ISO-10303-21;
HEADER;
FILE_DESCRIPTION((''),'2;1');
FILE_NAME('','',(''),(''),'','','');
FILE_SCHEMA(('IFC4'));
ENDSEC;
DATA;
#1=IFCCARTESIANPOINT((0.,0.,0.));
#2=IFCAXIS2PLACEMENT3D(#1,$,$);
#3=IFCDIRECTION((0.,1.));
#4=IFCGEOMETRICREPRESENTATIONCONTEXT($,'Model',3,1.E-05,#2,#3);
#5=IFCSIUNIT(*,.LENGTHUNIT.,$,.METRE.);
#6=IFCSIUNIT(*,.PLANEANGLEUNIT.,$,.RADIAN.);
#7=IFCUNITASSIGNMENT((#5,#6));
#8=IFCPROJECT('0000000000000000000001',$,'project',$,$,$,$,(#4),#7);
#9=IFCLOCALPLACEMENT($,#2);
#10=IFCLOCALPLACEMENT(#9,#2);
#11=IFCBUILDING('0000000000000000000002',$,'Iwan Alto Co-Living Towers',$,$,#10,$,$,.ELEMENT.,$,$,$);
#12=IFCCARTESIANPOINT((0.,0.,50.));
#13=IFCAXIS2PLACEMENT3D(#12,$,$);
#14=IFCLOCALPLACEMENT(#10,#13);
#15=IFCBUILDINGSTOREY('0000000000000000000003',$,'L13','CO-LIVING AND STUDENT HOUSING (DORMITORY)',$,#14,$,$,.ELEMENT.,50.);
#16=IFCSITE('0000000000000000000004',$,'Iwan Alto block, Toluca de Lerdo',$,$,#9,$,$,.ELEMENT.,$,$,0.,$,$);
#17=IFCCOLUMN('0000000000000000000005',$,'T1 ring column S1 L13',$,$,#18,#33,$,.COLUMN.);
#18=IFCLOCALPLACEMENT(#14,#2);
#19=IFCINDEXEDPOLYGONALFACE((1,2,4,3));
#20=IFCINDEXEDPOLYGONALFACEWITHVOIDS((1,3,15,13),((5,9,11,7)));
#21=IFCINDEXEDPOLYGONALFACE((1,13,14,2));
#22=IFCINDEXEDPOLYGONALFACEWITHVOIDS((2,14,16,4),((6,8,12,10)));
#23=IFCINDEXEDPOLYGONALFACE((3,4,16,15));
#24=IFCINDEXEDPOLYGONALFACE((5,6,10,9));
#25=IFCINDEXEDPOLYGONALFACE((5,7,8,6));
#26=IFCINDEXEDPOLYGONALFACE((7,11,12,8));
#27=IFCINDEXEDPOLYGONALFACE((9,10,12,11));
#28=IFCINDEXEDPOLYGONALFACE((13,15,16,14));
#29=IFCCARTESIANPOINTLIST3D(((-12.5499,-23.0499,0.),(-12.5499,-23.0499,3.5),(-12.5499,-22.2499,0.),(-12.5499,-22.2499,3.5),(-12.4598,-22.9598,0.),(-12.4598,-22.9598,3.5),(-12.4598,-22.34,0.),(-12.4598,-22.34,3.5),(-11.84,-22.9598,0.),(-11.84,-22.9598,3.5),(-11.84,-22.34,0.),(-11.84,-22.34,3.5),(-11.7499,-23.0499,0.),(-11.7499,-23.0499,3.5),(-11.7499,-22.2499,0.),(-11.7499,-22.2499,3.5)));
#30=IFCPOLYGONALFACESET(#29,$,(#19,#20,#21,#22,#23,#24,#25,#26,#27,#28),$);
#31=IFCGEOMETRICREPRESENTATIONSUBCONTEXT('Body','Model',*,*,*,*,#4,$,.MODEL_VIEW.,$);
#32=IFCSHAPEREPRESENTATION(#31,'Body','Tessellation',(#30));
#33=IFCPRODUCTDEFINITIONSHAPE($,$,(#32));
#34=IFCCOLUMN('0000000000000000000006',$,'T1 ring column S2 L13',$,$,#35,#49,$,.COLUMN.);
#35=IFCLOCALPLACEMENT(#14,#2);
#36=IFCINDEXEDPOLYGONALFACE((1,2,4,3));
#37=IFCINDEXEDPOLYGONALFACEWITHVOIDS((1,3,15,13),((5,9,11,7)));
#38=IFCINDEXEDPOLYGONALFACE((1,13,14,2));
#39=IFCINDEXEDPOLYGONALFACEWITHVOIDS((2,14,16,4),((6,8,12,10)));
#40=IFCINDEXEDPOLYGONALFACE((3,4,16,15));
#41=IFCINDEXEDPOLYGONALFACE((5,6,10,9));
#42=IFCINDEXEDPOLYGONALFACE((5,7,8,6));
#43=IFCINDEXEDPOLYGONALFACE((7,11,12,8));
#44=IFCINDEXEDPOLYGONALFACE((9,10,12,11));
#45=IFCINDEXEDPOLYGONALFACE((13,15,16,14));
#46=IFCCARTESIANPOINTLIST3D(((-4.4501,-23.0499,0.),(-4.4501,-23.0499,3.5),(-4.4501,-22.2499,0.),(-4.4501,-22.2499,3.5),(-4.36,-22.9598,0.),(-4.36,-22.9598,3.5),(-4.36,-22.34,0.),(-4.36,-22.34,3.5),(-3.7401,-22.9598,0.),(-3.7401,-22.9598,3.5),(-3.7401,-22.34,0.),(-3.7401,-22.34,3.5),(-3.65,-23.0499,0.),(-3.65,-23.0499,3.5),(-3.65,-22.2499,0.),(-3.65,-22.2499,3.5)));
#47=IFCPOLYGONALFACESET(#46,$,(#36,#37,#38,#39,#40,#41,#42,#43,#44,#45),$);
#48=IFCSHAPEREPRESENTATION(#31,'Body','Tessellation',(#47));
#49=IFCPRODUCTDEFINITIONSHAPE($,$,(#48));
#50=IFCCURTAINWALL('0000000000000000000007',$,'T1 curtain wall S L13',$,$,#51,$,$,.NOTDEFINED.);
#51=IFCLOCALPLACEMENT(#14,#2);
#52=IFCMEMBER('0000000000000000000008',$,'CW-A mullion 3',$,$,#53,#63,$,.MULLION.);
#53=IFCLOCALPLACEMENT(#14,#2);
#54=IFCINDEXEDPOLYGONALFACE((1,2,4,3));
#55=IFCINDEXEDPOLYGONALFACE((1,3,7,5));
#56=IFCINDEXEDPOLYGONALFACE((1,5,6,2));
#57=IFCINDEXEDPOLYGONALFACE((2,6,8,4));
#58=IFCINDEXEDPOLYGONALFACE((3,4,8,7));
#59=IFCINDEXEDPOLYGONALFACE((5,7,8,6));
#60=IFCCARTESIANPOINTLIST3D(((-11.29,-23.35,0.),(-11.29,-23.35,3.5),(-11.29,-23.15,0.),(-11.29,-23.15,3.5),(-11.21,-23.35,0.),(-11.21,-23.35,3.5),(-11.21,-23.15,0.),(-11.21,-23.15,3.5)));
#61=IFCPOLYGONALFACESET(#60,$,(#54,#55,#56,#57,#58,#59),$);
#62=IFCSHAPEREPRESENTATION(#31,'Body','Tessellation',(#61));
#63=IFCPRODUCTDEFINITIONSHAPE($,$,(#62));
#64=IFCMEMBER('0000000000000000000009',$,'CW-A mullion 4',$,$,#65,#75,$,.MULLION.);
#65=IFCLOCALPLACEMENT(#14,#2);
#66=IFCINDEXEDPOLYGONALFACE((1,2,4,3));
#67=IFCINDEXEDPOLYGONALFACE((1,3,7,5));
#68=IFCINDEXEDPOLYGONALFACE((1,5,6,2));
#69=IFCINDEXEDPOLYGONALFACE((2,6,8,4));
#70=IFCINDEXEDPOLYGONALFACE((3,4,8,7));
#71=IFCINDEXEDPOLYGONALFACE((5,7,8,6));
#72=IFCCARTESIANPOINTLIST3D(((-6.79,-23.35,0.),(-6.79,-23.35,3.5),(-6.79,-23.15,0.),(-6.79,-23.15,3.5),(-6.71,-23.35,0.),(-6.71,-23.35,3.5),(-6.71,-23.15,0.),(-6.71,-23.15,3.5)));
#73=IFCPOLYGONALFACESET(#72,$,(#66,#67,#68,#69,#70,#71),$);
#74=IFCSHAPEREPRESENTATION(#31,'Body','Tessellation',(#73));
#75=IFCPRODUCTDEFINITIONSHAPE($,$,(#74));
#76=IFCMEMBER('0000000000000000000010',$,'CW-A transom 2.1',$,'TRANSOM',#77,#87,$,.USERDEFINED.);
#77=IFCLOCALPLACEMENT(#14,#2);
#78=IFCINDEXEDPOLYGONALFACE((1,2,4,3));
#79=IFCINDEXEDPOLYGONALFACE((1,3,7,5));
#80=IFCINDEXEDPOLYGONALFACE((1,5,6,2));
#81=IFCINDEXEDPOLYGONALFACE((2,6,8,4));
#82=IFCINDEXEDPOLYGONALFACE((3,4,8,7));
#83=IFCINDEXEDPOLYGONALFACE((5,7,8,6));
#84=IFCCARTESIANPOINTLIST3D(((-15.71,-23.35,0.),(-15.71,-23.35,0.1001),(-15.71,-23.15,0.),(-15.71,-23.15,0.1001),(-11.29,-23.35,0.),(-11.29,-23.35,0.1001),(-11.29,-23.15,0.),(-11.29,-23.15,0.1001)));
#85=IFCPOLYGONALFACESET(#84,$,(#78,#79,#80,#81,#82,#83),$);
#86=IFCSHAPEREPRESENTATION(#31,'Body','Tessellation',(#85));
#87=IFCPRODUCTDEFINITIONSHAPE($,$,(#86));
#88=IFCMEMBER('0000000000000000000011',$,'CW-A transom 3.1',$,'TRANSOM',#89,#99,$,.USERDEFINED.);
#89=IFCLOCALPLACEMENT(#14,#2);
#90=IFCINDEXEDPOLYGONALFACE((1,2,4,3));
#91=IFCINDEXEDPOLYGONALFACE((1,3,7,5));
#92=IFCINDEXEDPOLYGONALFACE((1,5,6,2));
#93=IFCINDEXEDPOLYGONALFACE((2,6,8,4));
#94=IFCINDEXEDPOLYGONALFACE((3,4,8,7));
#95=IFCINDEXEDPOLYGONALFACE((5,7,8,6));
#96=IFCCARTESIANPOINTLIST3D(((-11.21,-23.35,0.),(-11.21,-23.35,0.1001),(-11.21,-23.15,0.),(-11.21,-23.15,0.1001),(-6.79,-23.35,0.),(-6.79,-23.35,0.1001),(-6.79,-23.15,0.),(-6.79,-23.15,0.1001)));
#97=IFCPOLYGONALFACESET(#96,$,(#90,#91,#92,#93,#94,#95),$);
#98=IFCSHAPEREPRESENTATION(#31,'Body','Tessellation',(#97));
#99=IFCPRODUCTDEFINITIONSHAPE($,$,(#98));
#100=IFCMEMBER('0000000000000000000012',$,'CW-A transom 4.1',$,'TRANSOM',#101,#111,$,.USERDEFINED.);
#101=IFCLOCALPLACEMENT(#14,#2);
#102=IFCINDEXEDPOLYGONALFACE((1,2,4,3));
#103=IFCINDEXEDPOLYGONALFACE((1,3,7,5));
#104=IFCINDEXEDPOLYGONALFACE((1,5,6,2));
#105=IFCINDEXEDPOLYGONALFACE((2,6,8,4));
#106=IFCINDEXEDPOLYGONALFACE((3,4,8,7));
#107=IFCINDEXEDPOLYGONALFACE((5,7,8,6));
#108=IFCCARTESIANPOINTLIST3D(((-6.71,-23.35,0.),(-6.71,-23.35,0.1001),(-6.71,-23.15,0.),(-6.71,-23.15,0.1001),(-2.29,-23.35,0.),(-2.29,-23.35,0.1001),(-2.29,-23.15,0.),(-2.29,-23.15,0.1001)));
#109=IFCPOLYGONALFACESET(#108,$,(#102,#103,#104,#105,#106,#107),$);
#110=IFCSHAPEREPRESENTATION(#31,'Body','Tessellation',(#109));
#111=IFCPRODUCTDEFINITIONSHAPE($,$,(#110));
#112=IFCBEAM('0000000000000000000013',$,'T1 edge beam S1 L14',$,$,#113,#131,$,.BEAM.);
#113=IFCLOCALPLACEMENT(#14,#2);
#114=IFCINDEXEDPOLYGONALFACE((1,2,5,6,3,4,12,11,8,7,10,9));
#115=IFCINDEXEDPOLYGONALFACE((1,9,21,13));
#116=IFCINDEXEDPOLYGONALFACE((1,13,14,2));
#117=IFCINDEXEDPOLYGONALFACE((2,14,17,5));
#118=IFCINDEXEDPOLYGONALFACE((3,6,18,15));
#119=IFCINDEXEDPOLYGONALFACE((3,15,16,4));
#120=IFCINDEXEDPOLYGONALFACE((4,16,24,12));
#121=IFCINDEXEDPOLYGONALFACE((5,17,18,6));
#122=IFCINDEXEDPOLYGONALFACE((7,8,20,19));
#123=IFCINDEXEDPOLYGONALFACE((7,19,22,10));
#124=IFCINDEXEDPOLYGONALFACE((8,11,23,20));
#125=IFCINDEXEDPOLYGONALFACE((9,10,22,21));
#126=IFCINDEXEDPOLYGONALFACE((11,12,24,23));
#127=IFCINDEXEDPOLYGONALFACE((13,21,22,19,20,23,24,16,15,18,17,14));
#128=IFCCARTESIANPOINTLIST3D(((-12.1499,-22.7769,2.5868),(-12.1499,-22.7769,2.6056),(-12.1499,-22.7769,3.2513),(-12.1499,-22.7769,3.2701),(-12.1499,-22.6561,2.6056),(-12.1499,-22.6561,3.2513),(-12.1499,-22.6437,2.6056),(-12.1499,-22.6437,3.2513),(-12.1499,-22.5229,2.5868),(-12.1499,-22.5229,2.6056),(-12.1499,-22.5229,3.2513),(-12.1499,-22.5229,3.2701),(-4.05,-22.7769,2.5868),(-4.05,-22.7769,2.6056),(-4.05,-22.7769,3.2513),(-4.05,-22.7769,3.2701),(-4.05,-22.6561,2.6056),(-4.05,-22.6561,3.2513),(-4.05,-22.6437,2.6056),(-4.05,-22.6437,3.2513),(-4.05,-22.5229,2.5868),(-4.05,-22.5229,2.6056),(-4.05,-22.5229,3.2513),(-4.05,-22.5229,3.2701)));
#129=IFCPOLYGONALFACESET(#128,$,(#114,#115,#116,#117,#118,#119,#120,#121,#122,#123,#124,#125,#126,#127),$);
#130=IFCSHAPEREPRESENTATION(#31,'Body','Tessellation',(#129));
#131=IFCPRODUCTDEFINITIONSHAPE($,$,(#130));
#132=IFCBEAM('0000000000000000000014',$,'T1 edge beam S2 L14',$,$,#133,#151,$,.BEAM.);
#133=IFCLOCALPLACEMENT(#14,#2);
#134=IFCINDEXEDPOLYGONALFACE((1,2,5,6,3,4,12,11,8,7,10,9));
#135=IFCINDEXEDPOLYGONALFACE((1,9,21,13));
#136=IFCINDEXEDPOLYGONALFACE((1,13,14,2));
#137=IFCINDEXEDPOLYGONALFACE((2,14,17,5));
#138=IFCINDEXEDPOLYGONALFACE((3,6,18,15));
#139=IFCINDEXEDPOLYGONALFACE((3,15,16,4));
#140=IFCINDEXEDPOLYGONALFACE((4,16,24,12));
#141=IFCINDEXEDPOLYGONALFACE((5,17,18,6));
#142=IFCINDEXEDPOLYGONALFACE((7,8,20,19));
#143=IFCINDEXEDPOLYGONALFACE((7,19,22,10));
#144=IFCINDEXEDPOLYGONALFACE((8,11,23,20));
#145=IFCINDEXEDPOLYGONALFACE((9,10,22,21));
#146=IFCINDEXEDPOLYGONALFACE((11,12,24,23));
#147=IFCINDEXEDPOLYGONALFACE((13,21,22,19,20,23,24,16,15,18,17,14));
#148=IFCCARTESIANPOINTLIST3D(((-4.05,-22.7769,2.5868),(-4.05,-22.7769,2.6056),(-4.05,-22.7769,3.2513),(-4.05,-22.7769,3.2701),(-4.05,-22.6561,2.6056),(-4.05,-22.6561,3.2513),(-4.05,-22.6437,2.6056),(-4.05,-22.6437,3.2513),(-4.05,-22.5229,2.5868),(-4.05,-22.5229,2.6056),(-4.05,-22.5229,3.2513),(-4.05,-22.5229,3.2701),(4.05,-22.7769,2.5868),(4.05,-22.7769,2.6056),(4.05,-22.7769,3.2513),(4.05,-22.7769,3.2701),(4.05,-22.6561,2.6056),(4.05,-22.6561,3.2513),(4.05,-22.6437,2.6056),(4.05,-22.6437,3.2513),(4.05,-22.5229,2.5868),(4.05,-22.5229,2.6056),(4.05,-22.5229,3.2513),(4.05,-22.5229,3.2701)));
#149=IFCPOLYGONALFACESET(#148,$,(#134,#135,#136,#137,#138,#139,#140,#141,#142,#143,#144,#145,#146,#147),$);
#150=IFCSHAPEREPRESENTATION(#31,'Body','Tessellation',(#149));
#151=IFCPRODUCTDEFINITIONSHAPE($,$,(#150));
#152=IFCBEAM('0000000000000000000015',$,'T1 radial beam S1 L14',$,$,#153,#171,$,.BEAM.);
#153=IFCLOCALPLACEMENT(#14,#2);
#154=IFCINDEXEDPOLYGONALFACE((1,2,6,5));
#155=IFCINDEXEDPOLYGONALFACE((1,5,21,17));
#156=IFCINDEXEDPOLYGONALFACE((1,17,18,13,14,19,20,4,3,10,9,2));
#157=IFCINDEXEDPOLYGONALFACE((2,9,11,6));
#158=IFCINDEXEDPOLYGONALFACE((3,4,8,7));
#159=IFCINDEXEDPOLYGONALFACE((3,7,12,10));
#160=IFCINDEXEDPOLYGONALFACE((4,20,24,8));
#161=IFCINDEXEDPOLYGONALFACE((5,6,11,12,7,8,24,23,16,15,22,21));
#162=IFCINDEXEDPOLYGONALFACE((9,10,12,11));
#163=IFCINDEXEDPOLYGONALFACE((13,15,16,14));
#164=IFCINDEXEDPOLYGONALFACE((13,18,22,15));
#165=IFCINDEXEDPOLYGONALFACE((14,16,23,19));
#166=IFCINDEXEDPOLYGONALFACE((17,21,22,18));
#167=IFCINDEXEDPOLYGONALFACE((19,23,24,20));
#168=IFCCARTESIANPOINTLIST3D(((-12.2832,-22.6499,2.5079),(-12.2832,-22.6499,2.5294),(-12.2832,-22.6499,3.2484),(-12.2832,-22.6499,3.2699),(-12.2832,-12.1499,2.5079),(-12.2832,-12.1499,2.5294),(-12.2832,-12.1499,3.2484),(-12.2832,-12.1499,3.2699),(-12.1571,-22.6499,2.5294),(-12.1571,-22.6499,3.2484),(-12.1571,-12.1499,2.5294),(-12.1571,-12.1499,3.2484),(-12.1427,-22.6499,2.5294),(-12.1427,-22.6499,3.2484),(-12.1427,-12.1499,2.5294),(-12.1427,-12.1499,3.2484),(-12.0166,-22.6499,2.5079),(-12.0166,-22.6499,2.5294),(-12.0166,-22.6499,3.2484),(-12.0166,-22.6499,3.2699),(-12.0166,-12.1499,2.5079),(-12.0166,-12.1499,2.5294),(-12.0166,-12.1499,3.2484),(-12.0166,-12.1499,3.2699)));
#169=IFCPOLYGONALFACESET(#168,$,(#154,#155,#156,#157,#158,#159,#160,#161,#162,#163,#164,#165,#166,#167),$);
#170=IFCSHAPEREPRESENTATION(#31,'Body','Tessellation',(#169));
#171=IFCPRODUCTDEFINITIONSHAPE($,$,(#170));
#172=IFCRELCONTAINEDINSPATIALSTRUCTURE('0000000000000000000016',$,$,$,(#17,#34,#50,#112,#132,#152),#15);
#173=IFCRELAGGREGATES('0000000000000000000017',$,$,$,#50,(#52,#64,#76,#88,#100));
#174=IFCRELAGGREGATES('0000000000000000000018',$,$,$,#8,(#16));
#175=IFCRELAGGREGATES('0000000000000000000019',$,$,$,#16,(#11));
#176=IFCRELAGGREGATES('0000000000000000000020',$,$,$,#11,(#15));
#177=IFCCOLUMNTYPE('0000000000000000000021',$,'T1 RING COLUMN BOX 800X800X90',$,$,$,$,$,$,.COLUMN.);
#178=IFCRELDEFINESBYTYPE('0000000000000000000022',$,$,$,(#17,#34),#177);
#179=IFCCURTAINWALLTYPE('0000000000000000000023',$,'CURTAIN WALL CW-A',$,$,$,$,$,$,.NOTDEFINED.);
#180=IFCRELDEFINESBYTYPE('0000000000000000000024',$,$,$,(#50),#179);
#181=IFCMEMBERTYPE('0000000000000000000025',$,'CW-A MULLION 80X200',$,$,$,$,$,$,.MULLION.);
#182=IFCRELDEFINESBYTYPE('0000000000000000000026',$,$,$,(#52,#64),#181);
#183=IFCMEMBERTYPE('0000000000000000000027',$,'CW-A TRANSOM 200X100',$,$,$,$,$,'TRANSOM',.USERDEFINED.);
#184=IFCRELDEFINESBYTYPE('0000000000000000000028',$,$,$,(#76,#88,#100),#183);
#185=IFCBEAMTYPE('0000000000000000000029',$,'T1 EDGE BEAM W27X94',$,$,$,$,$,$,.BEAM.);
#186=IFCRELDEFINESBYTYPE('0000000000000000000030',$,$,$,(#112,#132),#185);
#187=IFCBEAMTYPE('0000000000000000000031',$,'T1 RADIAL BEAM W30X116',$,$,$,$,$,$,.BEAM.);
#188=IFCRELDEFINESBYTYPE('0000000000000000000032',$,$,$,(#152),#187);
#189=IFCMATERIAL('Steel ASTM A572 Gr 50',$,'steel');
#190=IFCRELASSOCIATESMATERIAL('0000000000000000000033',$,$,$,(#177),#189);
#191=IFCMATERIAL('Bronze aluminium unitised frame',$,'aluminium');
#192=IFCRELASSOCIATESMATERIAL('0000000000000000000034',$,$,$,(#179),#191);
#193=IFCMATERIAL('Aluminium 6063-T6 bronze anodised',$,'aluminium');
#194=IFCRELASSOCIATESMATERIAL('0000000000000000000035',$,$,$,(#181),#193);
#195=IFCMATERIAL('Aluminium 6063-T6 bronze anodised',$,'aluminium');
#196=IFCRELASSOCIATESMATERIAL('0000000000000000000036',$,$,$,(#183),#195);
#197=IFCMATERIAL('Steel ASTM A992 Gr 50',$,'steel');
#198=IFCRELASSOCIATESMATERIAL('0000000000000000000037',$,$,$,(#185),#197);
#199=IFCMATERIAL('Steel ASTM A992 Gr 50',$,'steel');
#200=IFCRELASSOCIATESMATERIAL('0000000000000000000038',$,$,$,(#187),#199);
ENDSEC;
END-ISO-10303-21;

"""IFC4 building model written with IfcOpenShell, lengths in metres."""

from ifc_helpers import new_model, si_unit, direction, frame, origin, origin_2d, place, context, subcontext, project, spatial, rectangle, hollow_rectangle, i_section, extrude, material, material_profile, profile_set, type_object, element, aggregate, save


model = new_model("IFC4")

# Units and contexts
model_context = context("Model", 3, precision=1e-05, world=origin(), true_north=direction((0.0, 1.0)))
body_context = subcontext(model_context, "Body", "Model", "MODEL_VIEW")
ifc_project = project(units=[si_unit("LENGTHUNIT", "METRE"), si_unit("PLANEANGLEUNIT", "RADIAN")], contexts=[model_context])

# Site, building, storey
site_placement = place(None, origin())
site = spatial("IfcSite", under=ifc_project, at=site_placement, Name="Iwan Alto block, Toluca de Lerdo", CompositionType="ELEMENT", RefElevation=0.0)
building_placement = place(site_placement, origin())
building = spatial("IfcBuilding", under=site, at=building_placement, Name="Iwan Alto Co-Living Towers", CompositionType="ELEMENT")
storey_placement = place(building_placement, frame((0.0, 0.0, 50.0)))
storey = spatial("IfcBuildingStorey", under=building, at=storey_placement, Name="L13", Description="CO-LIVING AND STUDENT HOUSING (DORMITORY)", CompositionType="ELEMENT", Elevation=50.0)

# Columns
ifc_material_1 = material(Name="Steel ASTM A572 Gr 50", Category="steel")
ifc_material_profile_1 = material_profile(ifc_material_1, hollow_rectangle(XDim=0.8, YDim=0.8, WallThickness=0.0901, at=origin_2d()), Name="BOX 800X800X90")
ifc_profile_set_1 = profile_set([ifc_material_profile_1], Name="Steel ASTM A572 Gr 50")
column_type = type_object("IfcColumnType", Name="T1 RING COLUMN BOX 800X800X90", PredefinedType="COLUMN", material=ifc_profile_set_1)
for number, where, z_axis, x_axis, name in (
    (1, (-12.1499, -22.6499, 0.0), (0.0, 0.0, 1.0), (1.0, 0.0, 0.0), "T1 ring column S1 L13"),
    (2, (-4.05, -22.6499, 0.0), (0.0, 0.0, 1.0), (1.0, 0.0, 0.0), "T1 ring column S2 L13"),
):
    element("IfcColumn", number, at=place(storey_placement, frame(where, z_axis=z_axis, x_axis=x_axis)), inside=storey, type_object=column_type, Name=name, PredefinedType="COLUMN", context=body_context, shape_type="SweptSolid", body=[
        extrude(hollow_rectangle(XDim=0.8, YDim=0.8, WallThickness=0.0901, at=origin_2d()), origin(), (0.0, 0.0, 1.0), 3.5),
    ])

# Curtain wall, members
ifc_material_2 = material(Name="Bronze aluminium unitised frame", Category="aluminium")
curtain_wall_type = type_object("IfcCurtainWallType", Name="CURTAIN WALL CW-A", PredefinedType="NOTDEFINED", material=ifc_material_2)
curtain_wall_placement = place(storey_placement, origin())
curtain_wall = element("IfcCurtainWall", 3, at=curtain_wall_placement, inside=storey, type_object=curtain_wall_type, Name="T1 curtain wall S L13", PredefinedType="NOTDEFINED")
ifc_material_3 = material(Name="Aluminium 6063-T6 bronze anodised", Category="aluminium")
ifc_material_profile_2 = material_profile(ifc_material_3, rectangle(XDim=0.2, YDim=0.0801, at=origin_2d()), Name="AL 80X200")
ifc_profile_set_2 = profile_set([ifc_material_profile_2], Name="Aluminium 6063-T6 bronze anodised")
member_type_1 = type_object("IfcMemberType", Name="CW-A MULLION 80X200", PredefinedType="MULLION", material=ifc_profile_set_2)
member_1_placement = place(storey_placement, frame((-11.25, -23.25, 0.0), z_axis=(0.0, 0.0, 1.0), x_axis=(0.0, 1.0, 0.0)))
member_1 = element("IfcMember", 4, at=member_1_placement, type_object=member_type_1, Name="CW-A mullion 3", PredefinedType="MULLION", context=body_context, shape_type="SweptSolid", body=[
    extrude(rectangle(XDim=0.2, YDim=0.0801, at=origin_2d()), origin(), (0.0, 0.0, 1.0), 3.5),
])
member_2_placement = place(storey_placement, frame((-6.75, -23.25, 0.0), z_axis=(0.0, 0.0, 1.0), x_axis=(0.0, 1.0, 0.0)))
member_2 = element("IfcMember", 5, at=member_2_placement, type_object=member_type_1, Name="CW-A mullion 4", PredefinedType="MULLION", context=body_context, shape_type="SweptSolid", body=[
    extrude(rectangle(XDim=0.2, YDim=0.0801, at=origin_2d()), origin(), (0.0, 0.0, 1.0), 3.5),
])
ifc_material_4 = material(Name="Aluminium 6063-T6 bronze anodised", Category="aluminium")
ifc_material_profile_3 = material_profile(ifc_material_4, rectangle(XDim=0.2, YDim=0.1001, at=origin_2d()), Name="AL 200X100")
ifc_profile_set_3 = profile_set([ifc_material_profile_3], Name="Aluminium 6063-T6 bronze anodised")
member_type_2 = type_object("IfcMemberType", Name="CW-A TRANSOM 200X100", ElementType="TRANSOM", PredefinedType="USERDEFINED", material=ifc_profile_set_3)
member_3_placement = place(storey_placement, frame((-15.71, -23.25, 0.05), z_axis=(1.0, 0.0, 0.0), x_axis=(0.0, 1.0, 0.0)))
member_3 = element("IfcMember", 6, at=member_3_placement, type_object=member_type_2, Name="CW-A transom 2.1", ObjectType="TRANSOM", PredefinedType="USERDEFINED", context=body_context, shape_type="SweptSolid", body=[
    extrude(rectangle(XDim=0.2, YDim=0.1001, at=origin_2d()), origin(), (0.0, 0.0, 1.0), 4.4199),
])
member_4_placement = place(storey_placement, frame((-11.21, -23.25, 0.05), z_axis=(1.0, 0.0, 0.0), x_axis=(0.0, 1.0, 0.0)))
member_4 = element("IfcMember", 7, at=member_4_placement, type_object=member_type_2, Name="CW-A transom 3.1", ObjectType="TRANSOM", PredefinedType="USERDEFINED", context=body_context, shape_type="SweptSolid", body=[
    extrude(rectangle(XDim=0.2, YDim=0.1001, at=origin_2d()), origin(), (0.0, 0.0, 1.0), 4.4199),
])
member_5_placement = place(storey_placement, frame((-6.71, -23.25, 0.05), z_axis=(1.0, 0.0, 0.0), x_axis=(0.0, 1.0, 0.0)))
member_5 = element("IfcMember", 8, at=member_5_placement, type_object=member_type_2, Name="CW-A transom 4.1", ObjectType="TRANSOM", PredefinedType="USERDEFINED", context=body_context, shape_type="SweptSolid", body=[
    extrude(rectangle(XDim=0.2, YDim=0.1001, at=origin_2d()), origin(), (0.0, 0.0, 1.0), 4.4199),
])

# Beams
ifc_material_5 = material(Name="Steel ASTM A992 Gr 50", Category="steel")
ifc_material_profile_4 = material_profile(ifc_material_5, i_section(OverallWidth=0.2539, OverallDepth=0.6833, WebThickness=0.0125, FlangeThickness=0.0188, at=origin_2d()), Name="W27X94")
ifc_profile_set_4 = profile_set([ifc_material_profile_4], Name="Steel ASTM A992 Gr 50")
beam_type_1 = type_object("IfcBeamType", Name="T1 EDGE BEAM W27X94", PredefinedType="BEAM", material=ifc_profile_set_4)
beam_1_placement = place(storey_placement, frame((-12.1499, -22.6499, 2.9285), z_axis=(1.0, 0.0, 0.0), x_axis=(0.0, 1.0, 0.0)))
element("IfcBeam", 9, at=beam_1_placement, inside=storey, type_object=beam_type_1, Name="T1 edge beam S1 L14", PredefinedType="BEAM", context=body_context, shape_type="SweptSolid", body=[
    extrude(i_section(OverallWidth=0.2539, OverallDepth=0.6833, WebThickness=0.0125, FlangeThickness=0.0188, at=origin_2d()), origin(), (0.0, 0.0, 1.0), 8.0999),
])
beam_2_placement = place(storey_placement, frame((-4.05, -22.6499, 2.9285), z_axis=(1.0, 0.0, 0.0), x_axis=(0.0, 1.0, 0.0)))
element("IfcBeam", 10, at=beam_2_placement, inside=storey, type_object=beam_type_1, Name="T1 edge beam S2 L14", PredefinedType="BEAM", context=body_context, shape_type="SweptSolid", body=[
    extrude(i_section(OverallWidth=0.2539, OverallDepth=0.6833, WebThickness=0.0125, FlangeThickness=0.0188, at=origin_2d()), origin(), (0.0, 0.0, 1.0), 8.1001),
])
ifc_material_6 = material(Name="Steel ASTM A992 Gr 50", Category="steel")
ifc_material_profile_5 = material_profile(ifc_material_6, i_section(OverallWidth=0.2666, OverallDepth=0.762, WebThickness=0.0144, FlangeThickness=0.0215, at=origin_2d()), Name="W30X116")
ifc_profile_set_5 = profile_set([ifc_material_profile_5], Name="Steel ASTM A992 Gr 50")
beam_type_2 = type_object("IfcBeamType", Name="T1 RADIAL BEAM W30X116", PredefinedType="BEAM", material=ifc_profile_set_5)
beam_3_placement = place(storey_placement, frame((-12.1499, -22.6499, 2.8889), z_axis=(0.0, 1.0, 0.0), x_axis=(-1.0, 0.0, 0.0)))
element("IfcBeam", 11, at=beam_3_placement, inside=storey, type_object=beam_type_2, Name="T1 radial beam S1 L14", PredefinedType="BEAM", context=body_context, shape_type="SweptSolid", body=[
    extrude(i_section(OverallWidth=0.2666, OverallDepth=0.762, WebThickness=0.0144, FlangeThickness=0.0215, at=origin_2d()), origin(), (0.0, 0.0, 1.0), 10.5),
])

aggregate(curtain_wall, [member_1, member_2, member_3, member_4, member_5])

save(model, "model.ifc")
